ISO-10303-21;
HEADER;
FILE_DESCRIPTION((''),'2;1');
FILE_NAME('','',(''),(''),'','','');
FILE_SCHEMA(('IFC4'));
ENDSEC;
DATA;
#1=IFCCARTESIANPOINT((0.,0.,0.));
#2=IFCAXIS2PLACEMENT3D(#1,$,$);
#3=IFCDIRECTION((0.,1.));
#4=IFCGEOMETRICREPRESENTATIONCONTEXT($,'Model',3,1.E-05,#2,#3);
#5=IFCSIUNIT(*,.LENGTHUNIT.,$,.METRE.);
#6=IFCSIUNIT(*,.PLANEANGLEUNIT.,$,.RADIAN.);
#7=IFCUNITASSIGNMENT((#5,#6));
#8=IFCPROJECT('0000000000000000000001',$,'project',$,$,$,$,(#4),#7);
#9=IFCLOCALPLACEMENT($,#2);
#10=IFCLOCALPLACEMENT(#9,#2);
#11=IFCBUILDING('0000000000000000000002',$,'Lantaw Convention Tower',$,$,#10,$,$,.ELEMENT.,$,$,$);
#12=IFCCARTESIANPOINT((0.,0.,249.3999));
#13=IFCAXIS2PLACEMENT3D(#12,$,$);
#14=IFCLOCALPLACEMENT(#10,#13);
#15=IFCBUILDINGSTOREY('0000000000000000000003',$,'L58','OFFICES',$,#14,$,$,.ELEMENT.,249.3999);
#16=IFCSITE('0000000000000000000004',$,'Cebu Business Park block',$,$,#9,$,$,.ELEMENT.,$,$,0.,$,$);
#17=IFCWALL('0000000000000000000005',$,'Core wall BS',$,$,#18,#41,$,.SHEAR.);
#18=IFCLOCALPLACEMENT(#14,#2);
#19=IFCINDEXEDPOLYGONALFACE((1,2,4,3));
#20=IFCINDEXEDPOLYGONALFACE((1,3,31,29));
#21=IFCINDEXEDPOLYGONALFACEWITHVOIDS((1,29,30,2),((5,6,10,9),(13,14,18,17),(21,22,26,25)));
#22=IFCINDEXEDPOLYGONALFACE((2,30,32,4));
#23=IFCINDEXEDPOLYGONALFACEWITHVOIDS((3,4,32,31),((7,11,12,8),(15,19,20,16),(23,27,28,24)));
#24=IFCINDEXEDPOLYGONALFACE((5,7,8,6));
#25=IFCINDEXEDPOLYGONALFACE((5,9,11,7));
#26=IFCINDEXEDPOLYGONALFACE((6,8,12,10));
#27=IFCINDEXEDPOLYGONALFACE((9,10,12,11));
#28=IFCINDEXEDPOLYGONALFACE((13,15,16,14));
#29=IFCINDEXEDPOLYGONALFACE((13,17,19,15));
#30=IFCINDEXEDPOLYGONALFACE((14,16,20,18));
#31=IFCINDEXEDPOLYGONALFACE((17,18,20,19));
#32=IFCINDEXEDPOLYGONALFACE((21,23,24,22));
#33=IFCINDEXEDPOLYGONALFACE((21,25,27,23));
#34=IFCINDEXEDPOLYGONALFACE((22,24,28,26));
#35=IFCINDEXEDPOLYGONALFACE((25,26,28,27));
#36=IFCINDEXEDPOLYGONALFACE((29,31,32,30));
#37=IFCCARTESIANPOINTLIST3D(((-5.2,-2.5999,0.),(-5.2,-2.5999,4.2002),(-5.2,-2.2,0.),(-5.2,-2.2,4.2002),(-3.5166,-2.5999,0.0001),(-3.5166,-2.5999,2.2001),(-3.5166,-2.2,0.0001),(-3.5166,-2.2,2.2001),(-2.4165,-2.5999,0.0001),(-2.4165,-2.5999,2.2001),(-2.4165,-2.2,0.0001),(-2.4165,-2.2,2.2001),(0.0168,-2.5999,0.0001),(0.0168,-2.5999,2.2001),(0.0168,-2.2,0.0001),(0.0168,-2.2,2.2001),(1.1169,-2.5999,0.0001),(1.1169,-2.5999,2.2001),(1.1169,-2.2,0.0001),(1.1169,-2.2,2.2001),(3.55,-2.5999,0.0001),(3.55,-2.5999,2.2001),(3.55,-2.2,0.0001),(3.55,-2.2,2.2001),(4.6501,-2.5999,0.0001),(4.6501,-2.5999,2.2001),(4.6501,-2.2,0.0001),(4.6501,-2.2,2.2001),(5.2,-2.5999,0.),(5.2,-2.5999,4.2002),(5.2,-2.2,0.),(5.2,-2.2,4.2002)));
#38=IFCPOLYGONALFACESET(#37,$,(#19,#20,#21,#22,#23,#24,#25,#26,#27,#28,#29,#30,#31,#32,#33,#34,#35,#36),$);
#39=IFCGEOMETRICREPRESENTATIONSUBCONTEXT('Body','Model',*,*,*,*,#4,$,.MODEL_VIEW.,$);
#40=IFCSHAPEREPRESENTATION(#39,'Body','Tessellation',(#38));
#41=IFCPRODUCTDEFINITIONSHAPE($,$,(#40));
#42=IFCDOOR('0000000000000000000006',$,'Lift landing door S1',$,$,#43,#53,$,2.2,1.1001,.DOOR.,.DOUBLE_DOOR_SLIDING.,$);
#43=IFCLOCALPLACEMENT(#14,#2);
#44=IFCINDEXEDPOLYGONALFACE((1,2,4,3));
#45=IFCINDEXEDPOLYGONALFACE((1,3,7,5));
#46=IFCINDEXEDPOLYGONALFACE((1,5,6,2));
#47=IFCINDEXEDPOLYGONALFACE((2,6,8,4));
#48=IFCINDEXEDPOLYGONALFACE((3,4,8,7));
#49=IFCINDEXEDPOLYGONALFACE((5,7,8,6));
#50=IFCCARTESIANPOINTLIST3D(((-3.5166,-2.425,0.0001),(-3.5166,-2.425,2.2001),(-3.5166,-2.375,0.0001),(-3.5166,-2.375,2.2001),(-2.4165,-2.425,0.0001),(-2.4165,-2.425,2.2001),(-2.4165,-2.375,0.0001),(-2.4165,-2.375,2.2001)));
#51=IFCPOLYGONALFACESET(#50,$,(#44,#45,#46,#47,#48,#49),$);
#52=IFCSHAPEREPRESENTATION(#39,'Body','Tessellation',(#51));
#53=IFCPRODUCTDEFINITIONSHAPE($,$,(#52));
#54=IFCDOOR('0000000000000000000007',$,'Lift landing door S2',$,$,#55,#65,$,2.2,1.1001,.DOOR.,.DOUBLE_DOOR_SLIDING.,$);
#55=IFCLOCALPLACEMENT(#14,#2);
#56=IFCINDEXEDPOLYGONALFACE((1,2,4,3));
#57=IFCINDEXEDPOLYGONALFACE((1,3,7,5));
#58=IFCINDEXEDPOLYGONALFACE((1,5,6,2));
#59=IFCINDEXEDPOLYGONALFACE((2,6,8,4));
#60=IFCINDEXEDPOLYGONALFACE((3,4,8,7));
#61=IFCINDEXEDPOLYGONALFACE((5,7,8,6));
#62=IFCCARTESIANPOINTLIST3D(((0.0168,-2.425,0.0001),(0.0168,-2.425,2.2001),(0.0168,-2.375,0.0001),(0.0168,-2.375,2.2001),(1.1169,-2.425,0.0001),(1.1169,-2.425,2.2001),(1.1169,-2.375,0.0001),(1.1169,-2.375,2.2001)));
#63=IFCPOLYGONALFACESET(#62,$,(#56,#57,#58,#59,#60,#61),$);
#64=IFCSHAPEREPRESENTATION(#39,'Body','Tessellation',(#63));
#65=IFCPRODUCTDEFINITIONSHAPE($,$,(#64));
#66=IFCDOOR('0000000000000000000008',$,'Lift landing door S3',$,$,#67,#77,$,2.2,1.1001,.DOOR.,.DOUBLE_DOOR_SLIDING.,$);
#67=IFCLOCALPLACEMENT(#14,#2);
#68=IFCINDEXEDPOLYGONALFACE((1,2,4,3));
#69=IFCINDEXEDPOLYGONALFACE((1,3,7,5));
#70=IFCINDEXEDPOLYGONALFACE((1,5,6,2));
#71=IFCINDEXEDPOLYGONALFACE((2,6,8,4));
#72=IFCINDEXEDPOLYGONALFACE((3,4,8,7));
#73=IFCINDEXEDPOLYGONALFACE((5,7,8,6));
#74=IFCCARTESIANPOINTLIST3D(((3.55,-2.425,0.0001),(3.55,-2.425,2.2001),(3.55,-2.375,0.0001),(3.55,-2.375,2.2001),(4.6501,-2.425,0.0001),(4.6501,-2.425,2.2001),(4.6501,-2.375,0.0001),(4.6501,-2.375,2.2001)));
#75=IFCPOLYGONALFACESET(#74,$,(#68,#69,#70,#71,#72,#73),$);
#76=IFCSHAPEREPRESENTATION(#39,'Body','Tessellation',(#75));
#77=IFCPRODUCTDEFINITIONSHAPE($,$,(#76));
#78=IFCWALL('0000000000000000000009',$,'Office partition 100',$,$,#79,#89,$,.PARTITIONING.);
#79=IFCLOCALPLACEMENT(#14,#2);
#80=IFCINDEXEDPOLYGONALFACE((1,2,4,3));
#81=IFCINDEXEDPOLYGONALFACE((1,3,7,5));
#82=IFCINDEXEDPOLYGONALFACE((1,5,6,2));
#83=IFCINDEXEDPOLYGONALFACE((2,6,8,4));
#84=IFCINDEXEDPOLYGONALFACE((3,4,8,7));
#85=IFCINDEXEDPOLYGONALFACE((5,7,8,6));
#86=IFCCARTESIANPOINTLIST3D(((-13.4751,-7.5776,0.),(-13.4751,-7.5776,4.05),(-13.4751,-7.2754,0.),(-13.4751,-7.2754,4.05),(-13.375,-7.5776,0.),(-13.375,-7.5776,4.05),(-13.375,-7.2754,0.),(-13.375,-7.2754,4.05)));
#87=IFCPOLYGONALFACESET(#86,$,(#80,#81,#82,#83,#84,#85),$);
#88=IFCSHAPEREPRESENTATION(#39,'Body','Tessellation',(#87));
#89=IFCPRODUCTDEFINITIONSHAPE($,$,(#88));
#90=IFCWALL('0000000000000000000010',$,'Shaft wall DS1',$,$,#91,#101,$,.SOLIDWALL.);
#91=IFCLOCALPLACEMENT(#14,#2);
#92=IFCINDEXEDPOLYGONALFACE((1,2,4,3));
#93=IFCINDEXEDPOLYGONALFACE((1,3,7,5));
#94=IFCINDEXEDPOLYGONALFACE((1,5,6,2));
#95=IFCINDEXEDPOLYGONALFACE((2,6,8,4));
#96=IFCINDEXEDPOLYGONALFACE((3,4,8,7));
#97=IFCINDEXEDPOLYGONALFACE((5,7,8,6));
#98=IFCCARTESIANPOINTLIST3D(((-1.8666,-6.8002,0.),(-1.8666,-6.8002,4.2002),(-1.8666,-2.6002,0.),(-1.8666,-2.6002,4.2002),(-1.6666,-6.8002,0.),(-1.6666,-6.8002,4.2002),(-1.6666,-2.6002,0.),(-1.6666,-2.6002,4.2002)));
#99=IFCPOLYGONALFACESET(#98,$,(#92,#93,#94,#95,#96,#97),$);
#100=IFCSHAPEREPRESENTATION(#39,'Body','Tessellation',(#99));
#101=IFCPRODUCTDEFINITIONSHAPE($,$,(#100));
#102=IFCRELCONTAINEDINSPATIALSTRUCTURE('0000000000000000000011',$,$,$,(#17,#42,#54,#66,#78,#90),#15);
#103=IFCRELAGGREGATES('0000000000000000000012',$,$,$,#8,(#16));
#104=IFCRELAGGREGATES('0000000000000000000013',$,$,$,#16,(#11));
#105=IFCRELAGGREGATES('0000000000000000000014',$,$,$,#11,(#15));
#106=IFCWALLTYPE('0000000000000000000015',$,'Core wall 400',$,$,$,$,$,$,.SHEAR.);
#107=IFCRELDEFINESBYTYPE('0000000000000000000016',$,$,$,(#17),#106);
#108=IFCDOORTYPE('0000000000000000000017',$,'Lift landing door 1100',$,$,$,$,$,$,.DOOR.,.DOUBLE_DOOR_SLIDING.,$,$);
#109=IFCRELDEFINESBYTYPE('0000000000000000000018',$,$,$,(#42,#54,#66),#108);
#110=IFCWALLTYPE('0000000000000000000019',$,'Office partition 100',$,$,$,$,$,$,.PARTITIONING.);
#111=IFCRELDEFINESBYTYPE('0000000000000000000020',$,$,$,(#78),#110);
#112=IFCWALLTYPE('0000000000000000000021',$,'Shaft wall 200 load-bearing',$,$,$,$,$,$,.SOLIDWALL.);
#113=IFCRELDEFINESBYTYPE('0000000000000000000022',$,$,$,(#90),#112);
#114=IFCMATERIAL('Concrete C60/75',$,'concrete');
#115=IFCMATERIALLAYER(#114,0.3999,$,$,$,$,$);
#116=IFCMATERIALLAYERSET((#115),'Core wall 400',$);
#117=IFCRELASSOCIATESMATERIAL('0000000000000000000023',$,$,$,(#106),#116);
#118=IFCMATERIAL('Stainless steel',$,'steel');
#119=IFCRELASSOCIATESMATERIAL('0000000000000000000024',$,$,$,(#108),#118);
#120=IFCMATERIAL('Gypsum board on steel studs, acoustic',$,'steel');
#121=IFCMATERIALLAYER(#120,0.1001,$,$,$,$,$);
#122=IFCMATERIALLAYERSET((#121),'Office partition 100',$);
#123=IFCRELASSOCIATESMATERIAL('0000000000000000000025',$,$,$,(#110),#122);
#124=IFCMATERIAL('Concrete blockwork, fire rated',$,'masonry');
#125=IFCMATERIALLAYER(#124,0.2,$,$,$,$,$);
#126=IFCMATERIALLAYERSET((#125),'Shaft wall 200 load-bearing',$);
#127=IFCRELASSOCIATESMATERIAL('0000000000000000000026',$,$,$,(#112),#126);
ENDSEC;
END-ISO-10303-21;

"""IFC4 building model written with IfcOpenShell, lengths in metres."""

from ifc_helpers import new_model, si_unit, direction, frame, frame_2d, origin, place, context, subcontext, project, spatial, rectangle, extrude, material, layer, layer_set, type_object, element, fill, save


model = new_model("IFC4")

# Units and contexts
model_context = context("Model", 3, precision=1e-05, world=origin(), true_north=direction((0.0, 1.0)))
body_context = subcontext(model_context, "Body", "Model", "MODEL_VIEW")
ifc_project = project(units=[si_unit("LENGTHUNIT", "METRE"), si_unit("PLANEANGLEUNIT", "RADIAN")], contexts=[model_context])

# Site, building, storey
site_placement = place(None, origin())
site = spatial("IfcSite", under=ifc_project, at=site_placement, Name="Cebu Business Park block", CompositionType="ELEMENT", RefElevation=0.0)
building_placement = place(site_placement, origin())
building = spatial("IfcBuilding", under=site, at=building_placement, Name="Lantaw Convention Tower", CompositionType="ELEMENT")
storey_placement = place(building_placement, frame((0.0, 0.0, 249.3999)))
storey = spatial("IfcBuildingStorey", under=building, at=storey_placement, Name="L58", Description="OFFICES", CompositionType="ELEMENT", Elevation=249.3999)

# Shared definitions
ifc_material_1 = material(Name="Concrete C60/75", Category="concrete")

# Wall, openings, doors
ifc_layer_1 = layer(ifc_material_1, 0.3999)
ifc_layer_set_1 = layer_set([ifc_layer_1], Name="Core wall 400")
wall_type_1 = type_object("IfcWallType", Name="Core wall 400", PredefinedType="SHEAR", material=ifc_layer_set_1)
wall_1_placement = place(storey_placement, frame((-5.2, -2.3999, 0.0), z_axis=(0.0, 0.0, 1.0), x_axis=(1.0, 0.0, 0.0)))
wall_1 = element("IfcWall", 1, at=wall_1_placement, inside=storey, type_object=wall_type_1, Name="Core wall BS", PredefinedType="SHEAR", context=body_context, shape_type="SweptSolid", body=[
    extrude(rectangle(XDim=10.3999, YDim=0.3999, at=frame_2d((5.2, 0.0))), origin(), (0.0, 0.0, 1.0), 4.2002),
])
opening_1_placement = place(wall_1_placement, frame((1.6833, 0.0, 0.0)))
opening_1 = element("IfcOpeningElement", 2, at=opening_1_placement, cuts=wall_1, PredefinedType="OPENING", context=body_context, shape_type="SweptSolid", body=[
    extrude(rectangle(XDim=1.1001, YDim=2.2, at=frame_2d((0.55, 1.1001))), frame((0.0, 0.21, 0.0), z_axis=(0.0, -1.0, 0.0), x_axis=(1.0, 0.0, 0.0)), (0.0, 0.0, 1.0), 0.4199),
])
opening_2_placement = place(wall_1_placement, frame((5.2168, 0.0, 0.0)))
opening_2 = element("IfcOpeningElement", 3, at=opening_2_placement, cuts=wall_1, PredefinedType="OPENING", context=body_context, shape_type="SweptSolid", body=[
    extrude(rectangle(XDim=1.1001, YDim=2.2, at=frame_2d((0.55, 1.1001))), frame((0.0, 0.21, 0.0), z_axis=(0.0, -1.0, 0.0), x_axis=(1.0, 0.0, 0.0)), (0.0, 0.0, 1.0), 0.4199),
])
opening_3_placement = place(wall_1_placement, frame((8.75, 0.0, 0.0)))
opening_3 = element("IfcOpeningElement", 4, at=opening_3_placement, cuts=wall_1, PredefinedType="OPENING", context=body_context, shape_type="SweptSolid", body=[
    extrude(rectangle(XDim=1.1001, YDim=2.2, at=frame_2d((0.55, 1.1001))), frame((0.0, 0.21, 0.0), z_axis=(0.0, -1.0, 0.0), x_axis=(1.0, 0.0, 0.0)), (0.0, 0.0, 1.0), 0.4199),
])
ifc_material_2 = material(Name="Stainless steel", Category="steel")
door_type_1 = type_object("IfcDoorType", Name="Lift landing door 1100", OperationType="DOUBLE_DOOR_SLIDING", PredefinedType="DOOR", material=ifc_material_2)
door_1_placement = place(opening_1_placement, origin())
door_1 = element("IfcDoor", 5, at=door_1_placement, inside=storey, type_object=door_type_1, Name="Lift landing door S1", OperationType="DOUBLE_DOOR_SLIDING", OverallHeight=2.2, OverallWidth=1.1001, PredefinedType="DOOR", context=body_context, shape_type="SweptSolid", body=[
    extrude(rectangle(XDim=1.1001, YDim=2.2, at=frame_2d((0.55, 1.1001))), frame((0.0, 0.0249, 0.0), z_axis=(0.0, -1.0, 0.0), x_axis=(1.0, 0.0, 0.0)), (0.0, 0.0, 1.0), 0.05),
])
fill(opening_1, door_1)
door_2_placement = place(opening_2_placement, origin())
door_2 = element("IfcDoor", 6, at=door_2_placement, inside=storey, type_object=door_type_1, Name="Lift landing door S2", OperationType="DOUBLE_DOOR_SLIDING", OverallHeight=2.2, OverallWidth=1.1001, PredefinedType="DOOR", context=body_context, shape_type="SweptSolid", body=[
    extrude(rectangle(XDim=1.1001, YDim=2.2, at=frame_2d((0.55, 1.1001))), frame((0.0, 0.0249, 0.0), z_axis=(0.0, -1.0, 0.0), x_axis=(1.0, 0.0, 0.0)), (0.0, 0.0, 1.0), 0.05),
])
fill(opening_2, door_2)
door_3_placement = place(opening_3_placement, origin())
door_3 = element("IfcDoor", 7, at=door_3_placement, inside=storey, type_object=door_type_1, Name="Lift landing door S3", OperationType="DOUBLE_DOOR_SLIDING", OverallHeight=2.2, OverallWidth=1.1001, PredefinedType="DOOR", context=body_context, shape_type="SweptSolid", body=[
    extrude(rectangle(XDim=1.1001, YDim=2.2, at=frame_2d((0.55, 1.1001))), frame((0.0, 0.0249, 0.0), z_axis=(0.0, -1.0, 0.0), x_axis=(1.0, 0.0, 0.0)), (0.0, 0.0, 1.0), 0.05),
])
fill(opening_3, door_3)

# Walls
ifc_material_3 = material(Name="Gypsum board on steel studs, acoustic", Category="steel")
ifc_layer_2 = layer(ifc_material_3, 0.1001)
ifc_layer_set_2 = layer_set([ifc_layer_2], Name="Office partition 100")
wall_type_2 = type_object("IfcWallType", Name="Office partition 100", PredefinedType="PARTITIONING", material=ifc_layer_set_2)
wall_2_placement = place(storey_placement, frame((-13.425, -7.2754, 0.0), z_axis=(0.0, 0.0, 1.0), x_axis=(0.0, -1.0, 0.0)))
element("IfcWall", 8, at=wall_2_placement, inside=storey, type_object=wall_type_2, Name="Office partition 100", PredefinedType="PARTITIONING", context=body_context, shape_type="SweptSolid", body=[
    extrude(rectangle(XDim=0.3022, YDim=0.1001, at=frame_2d((0.1511, 0.0))), origin(), (0.0, 0.0, 1.0), 4.05),
])
ifc_material_4 = material(Name="Concrete blockwork, fire rated", Category="masonry")
ifc_layer_3 = layer(ifc_material_4, 0.2)
ifc_layer_set_3 = layer_set([ifc_layer_3], Name="Shaft wall 200 load-bearing")
wall_type_3 = type_object("IfcWallType", Name="Shaft wall 200 load-bearing", PredefinedType="SOLIDWALL", material=ifc_layer_set_3)
wall_3_placement = place(storey_placement, frame((-1.7666, -2.6001, 0.0), z_axis=(0.0, 0.0, 1.0), x_axis=(0.0, -1.0, 0.0)))
element("IfcWall", 9, at=wall_3_placement, inside=storey, type_object=wall_type_3, Name="Shaft wall DS1", PredefinedType="SOLIDWALL", context=body_context, shape_type="SweptSolid", body=[
    extrude(rectangle(XDim=4.2, YDim=0.2, at=frame_2d((2.1001, 0.0))), origin(), (0.0, 0.0, 1.0), 4.2002),
])

save(model, "model.ifc")
